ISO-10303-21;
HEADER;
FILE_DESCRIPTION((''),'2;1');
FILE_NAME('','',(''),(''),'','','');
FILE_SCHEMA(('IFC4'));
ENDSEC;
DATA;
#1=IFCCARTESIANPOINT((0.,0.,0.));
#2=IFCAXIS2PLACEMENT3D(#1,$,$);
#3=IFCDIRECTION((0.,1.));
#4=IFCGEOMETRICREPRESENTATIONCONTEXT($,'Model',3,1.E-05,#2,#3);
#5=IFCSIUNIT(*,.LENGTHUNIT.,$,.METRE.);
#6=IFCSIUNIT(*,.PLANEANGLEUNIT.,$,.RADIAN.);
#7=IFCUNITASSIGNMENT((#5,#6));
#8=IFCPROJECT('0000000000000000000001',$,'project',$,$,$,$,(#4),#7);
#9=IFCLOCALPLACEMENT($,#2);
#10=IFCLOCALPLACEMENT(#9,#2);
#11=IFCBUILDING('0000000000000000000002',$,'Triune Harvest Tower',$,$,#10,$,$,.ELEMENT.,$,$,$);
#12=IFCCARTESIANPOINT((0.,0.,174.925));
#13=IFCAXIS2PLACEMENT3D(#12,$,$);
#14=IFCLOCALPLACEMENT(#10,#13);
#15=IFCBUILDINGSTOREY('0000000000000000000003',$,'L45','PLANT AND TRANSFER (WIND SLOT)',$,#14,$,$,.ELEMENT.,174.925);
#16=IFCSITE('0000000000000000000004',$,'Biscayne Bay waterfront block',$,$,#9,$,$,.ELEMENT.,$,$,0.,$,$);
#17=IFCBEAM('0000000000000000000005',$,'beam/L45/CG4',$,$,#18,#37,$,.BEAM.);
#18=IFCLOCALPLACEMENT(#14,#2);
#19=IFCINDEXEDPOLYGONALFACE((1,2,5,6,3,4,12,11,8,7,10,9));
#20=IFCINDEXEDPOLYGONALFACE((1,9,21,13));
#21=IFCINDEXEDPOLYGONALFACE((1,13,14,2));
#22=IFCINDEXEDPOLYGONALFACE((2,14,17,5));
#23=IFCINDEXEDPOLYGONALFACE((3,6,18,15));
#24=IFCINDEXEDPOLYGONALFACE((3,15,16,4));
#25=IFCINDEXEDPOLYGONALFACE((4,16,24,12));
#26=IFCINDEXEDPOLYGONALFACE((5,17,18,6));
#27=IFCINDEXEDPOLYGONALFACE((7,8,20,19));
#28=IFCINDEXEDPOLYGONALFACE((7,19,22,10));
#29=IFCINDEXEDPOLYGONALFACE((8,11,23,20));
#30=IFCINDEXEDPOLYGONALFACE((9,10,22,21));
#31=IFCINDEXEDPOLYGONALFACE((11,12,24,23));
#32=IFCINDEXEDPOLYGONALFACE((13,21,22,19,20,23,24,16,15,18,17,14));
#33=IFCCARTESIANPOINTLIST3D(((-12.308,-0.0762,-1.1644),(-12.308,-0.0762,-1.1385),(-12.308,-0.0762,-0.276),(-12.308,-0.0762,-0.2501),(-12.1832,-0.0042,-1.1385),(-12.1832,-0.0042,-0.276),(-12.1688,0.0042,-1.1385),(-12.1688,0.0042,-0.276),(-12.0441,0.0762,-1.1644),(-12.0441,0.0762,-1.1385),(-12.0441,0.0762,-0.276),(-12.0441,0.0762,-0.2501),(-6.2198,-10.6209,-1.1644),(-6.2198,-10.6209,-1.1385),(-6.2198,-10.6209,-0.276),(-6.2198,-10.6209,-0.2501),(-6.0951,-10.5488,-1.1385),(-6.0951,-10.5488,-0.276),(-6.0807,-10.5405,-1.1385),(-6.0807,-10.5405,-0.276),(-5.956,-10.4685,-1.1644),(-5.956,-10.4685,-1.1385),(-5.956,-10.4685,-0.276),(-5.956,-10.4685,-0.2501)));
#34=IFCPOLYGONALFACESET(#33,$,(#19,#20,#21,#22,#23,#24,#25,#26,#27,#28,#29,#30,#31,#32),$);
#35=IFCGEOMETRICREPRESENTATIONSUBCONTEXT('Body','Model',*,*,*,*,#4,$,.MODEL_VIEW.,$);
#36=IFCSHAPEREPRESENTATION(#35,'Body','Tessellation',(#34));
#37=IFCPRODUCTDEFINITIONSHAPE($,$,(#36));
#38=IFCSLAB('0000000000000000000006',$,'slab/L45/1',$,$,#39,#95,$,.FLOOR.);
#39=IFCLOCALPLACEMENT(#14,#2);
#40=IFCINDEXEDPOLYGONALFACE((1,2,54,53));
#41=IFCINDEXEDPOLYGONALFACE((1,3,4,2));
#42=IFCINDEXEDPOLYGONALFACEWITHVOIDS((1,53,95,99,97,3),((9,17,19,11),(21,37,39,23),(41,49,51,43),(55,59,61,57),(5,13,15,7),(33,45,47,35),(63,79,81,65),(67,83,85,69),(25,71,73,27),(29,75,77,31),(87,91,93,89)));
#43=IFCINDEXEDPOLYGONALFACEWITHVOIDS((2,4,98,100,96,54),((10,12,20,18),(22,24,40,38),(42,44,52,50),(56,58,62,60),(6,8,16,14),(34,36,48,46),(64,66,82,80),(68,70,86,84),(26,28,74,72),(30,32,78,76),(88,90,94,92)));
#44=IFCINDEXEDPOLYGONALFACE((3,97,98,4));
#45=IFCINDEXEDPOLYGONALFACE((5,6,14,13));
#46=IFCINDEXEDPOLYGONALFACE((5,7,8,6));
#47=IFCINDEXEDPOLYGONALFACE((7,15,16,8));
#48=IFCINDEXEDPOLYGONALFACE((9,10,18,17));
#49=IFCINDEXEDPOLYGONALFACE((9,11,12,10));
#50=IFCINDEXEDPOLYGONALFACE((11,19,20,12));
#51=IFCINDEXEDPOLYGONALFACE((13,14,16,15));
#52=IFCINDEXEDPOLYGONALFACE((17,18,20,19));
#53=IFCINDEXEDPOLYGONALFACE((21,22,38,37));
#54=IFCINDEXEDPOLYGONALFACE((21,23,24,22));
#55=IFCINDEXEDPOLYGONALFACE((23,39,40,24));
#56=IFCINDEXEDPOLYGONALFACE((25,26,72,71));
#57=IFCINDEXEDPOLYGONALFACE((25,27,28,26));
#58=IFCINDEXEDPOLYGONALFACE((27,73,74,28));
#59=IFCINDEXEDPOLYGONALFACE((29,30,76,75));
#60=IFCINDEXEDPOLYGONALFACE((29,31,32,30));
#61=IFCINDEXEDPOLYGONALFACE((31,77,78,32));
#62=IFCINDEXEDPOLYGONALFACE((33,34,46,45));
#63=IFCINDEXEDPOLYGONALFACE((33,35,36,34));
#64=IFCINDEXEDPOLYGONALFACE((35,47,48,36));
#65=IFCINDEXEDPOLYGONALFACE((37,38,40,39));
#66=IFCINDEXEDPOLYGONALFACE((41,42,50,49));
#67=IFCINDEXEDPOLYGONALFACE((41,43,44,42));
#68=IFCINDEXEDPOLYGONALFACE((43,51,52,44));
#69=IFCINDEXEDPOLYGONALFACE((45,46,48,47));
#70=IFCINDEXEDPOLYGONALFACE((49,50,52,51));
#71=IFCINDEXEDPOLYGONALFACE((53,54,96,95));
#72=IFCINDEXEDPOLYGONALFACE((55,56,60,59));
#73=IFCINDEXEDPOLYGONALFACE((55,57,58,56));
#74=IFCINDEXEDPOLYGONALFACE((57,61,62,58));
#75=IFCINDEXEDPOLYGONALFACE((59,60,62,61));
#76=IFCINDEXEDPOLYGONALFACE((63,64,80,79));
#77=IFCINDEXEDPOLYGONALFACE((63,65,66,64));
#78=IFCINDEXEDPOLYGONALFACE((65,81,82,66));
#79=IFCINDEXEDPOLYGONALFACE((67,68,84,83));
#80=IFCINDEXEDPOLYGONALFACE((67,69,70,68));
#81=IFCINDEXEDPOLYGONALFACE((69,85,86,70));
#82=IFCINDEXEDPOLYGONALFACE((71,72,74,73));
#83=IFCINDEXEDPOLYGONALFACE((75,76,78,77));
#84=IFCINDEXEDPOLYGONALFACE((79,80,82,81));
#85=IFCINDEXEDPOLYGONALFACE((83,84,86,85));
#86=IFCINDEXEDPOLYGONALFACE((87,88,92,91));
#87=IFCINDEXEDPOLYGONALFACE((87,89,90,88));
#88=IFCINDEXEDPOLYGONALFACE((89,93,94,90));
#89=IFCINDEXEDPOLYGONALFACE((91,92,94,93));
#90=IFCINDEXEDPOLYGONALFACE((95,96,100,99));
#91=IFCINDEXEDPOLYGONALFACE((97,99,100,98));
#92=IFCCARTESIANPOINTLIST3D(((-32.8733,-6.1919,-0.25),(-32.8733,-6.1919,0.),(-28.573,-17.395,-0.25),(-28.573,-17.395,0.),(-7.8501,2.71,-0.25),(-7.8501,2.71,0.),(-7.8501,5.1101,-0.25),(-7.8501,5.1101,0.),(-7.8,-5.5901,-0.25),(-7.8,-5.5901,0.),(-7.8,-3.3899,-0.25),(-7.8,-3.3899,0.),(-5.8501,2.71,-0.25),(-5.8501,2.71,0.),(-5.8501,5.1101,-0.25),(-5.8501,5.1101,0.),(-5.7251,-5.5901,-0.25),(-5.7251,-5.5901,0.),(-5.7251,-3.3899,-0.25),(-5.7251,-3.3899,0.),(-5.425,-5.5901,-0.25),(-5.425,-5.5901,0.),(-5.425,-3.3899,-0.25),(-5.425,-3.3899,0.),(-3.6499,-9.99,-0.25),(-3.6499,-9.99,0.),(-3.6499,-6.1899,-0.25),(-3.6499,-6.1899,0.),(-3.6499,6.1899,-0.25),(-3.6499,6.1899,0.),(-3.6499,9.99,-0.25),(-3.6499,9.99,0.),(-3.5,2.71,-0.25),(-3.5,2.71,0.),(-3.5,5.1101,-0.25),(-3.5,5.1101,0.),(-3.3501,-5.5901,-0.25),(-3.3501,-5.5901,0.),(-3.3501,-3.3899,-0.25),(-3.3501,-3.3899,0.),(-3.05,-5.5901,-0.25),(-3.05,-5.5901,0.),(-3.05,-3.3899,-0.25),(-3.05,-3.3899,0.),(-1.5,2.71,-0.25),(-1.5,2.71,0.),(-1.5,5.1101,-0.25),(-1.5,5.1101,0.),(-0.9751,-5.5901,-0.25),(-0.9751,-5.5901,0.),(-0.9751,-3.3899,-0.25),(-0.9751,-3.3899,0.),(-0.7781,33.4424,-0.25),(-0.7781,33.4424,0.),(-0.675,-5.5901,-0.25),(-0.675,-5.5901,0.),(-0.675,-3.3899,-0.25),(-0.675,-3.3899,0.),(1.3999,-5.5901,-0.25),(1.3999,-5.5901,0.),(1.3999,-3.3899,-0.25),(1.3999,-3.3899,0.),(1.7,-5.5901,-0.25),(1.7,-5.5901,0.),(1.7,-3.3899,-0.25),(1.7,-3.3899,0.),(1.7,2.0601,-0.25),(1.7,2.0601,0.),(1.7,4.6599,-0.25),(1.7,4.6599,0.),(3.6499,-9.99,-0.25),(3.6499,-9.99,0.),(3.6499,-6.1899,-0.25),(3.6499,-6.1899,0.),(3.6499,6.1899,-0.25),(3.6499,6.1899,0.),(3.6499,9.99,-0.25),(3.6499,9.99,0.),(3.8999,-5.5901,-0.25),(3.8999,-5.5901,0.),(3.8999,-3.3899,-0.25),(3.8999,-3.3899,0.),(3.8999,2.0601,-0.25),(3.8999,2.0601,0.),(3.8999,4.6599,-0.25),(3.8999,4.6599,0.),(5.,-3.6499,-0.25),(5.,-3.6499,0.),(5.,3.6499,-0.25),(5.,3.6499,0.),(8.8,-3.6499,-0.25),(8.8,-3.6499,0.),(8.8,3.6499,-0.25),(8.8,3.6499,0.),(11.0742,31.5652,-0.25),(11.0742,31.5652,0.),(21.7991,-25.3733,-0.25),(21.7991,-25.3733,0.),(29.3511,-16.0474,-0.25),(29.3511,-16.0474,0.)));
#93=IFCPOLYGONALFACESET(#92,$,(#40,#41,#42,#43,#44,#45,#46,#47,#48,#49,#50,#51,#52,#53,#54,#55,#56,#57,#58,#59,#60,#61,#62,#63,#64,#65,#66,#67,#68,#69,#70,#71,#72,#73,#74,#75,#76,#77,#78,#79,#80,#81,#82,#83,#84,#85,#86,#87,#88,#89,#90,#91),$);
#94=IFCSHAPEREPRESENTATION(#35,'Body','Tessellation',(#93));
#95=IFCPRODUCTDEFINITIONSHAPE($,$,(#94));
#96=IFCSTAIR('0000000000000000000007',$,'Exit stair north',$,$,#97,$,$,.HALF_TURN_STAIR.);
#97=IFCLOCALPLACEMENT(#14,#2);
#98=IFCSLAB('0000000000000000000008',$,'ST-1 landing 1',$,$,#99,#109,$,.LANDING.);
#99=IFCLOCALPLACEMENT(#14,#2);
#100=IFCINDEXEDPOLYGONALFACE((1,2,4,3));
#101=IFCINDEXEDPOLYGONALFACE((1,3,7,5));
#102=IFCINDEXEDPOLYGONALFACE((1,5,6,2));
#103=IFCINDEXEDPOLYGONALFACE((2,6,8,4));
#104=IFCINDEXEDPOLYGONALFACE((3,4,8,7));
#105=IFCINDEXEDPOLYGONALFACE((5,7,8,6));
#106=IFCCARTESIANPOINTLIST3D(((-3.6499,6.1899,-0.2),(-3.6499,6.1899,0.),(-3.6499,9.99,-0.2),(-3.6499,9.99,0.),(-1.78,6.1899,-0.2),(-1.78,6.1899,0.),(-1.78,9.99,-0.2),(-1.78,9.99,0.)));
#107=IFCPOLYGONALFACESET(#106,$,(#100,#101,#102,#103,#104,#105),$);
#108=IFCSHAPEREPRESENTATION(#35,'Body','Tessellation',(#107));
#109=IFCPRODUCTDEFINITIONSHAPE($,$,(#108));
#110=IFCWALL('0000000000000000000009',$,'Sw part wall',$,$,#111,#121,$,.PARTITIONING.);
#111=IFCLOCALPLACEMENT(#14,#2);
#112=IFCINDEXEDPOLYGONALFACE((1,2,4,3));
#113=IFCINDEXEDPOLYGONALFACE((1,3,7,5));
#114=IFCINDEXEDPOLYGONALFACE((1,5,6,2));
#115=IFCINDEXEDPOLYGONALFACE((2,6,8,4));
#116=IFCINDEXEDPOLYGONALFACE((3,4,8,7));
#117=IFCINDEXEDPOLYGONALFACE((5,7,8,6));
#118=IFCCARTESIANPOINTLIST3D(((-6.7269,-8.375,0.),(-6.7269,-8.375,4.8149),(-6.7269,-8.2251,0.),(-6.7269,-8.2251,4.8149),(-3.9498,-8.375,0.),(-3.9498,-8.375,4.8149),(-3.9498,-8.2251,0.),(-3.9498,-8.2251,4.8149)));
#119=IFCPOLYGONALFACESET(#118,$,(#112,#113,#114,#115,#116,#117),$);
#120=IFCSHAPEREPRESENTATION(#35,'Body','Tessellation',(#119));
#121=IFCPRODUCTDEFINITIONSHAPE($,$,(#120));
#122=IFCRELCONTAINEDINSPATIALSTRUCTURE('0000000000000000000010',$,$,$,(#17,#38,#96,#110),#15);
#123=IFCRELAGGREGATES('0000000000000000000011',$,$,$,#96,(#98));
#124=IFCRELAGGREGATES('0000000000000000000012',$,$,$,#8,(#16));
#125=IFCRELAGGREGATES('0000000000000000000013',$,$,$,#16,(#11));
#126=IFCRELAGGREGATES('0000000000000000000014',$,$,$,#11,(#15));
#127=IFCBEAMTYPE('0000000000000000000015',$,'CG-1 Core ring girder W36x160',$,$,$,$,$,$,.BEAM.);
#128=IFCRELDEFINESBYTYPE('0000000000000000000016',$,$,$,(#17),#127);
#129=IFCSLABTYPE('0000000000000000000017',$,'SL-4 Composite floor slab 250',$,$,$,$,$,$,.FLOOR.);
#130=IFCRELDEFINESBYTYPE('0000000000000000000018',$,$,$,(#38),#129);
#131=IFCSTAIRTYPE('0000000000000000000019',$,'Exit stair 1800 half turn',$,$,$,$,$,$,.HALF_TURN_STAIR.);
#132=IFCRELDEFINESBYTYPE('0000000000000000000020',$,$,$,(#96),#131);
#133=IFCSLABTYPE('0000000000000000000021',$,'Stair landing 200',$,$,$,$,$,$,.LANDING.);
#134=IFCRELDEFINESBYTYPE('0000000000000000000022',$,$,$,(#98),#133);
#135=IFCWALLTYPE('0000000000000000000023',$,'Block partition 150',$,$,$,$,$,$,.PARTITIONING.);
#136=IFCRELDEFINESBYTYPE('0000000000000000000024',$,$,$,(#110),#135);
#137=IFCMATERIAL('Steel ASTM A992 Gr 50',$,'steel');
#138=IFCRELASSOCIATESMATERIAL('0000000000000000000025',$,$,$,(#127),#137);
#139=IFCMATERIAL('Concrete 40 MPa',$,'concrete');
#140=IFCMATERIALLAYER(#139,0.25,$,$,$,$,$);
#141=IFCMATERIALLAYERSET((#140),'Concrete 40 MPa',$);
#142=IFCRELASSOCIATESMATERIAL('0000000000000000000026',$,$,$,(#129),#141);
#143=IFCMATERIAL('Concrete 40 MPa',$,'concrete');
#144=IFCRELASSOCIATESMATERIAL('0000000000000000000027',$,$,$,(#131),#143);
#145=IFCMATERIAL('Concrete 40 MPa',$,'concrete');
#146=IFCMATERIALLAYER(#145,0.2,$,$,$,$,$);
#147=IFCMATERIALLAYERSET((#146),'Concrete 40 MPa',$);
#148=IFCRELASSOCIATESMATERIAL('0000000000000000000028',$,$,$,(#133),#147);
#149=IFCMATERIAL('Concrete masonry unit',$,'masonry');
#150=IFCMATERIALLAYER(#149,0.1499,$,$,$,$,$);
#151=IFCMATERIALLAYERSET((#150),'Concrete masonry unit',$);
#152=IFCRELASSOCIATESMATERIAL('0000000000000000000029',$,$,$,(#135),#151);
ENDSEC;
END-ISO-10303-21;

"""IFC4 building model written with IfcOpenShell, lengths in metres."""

from ifc_helpers import new_model, si_unit, direction, frame, frame_2d, origin, origin_2d, place, context, subcontext, project, spatial, polyline, rectangle, i_section, outline, extrude, source, transform, mapped, material, layer, layer_set, material_profile, profile_set, type_object, element, aggregate, save


model = new_model("IFC4")

# Units and contexts
model_context = context("Model", 3, precision=1e-05, world=origin(), true_north=direction((0.0, 1.0)))
body_context = subcontext(model_context, "Body", "Model", "MODEL_VIEW")
ifc_project = project(units=[si_unit("LENGTHUNIT", "METRE"), si_unit("PLANEANGLEUNIT", "RADIAN")], contexts=[model_context])

# Site, building, storey
site_placement = place(None, origin())
site = spatial("IfcSite", under=ifc_project, at=site_placement, Name="Biscayne Bay waterfront block", CompositionType="ELEMENT", RefElevation=0.0)
building_placement = place(site_placement, origin())
building = spatial("IfcBuilding", under=site, at=building_placement, Name="Triune Harvest Tower", CompositionType="ELEMENT")
storey_placement = place(building_placement, frame((0.0, 0.0, 174.925)))
storey = spatial("IfcBuildingStorey", under=building, at=storey_placement, Name="L45", Description="PLANT AND TRANSFER (WIND SLOT)", CompositionType="ELEMENT", Elevation=174.925)

# Beam
ifc_material_1 = material(Name="Steel ASTM A992 Gr 50", Category="steel")
ifc_material_profile = material_profile(ifc_material_1, i_section(OverallWidth=0.3047, OverallDepth=0.9143, WebThickness=0.0166, FlangeThickness=0.0259, at=origin_2d()), Name="W36x160")
ifc_profile_set = profile_set([ifc_material_profile], Name="Steel ASTM A992 Gr 50")
beam_type = type_object("IfcBeamType", Name="CG-1 Core ring girder W36x160", PredefinedType="BEAM", material=ifc_profile_set)
shared_shape_1 = source(origin(), body_context, "Body", "SweptSolid", [
    extrude(i_section(OverallWidth=0.3047, OverallDepth=0.9143, WebThickness=0.0166, FlangeThickness=0.0259, at=origin_2d()), origin(), (0.0, 0.0, 1.0), 12.176),
])
beam_placement = place(storey_placement, frame((-12.176, 0.0, -0.7073), z_axis=(0.50001, -0.86602, 0.0), x_axis=(0.86602, 0.50001, 0.0)))
element("IfcBeam", 1, at=beam_placement, inside=storey, type_object=beam_type, Name="beam/L45/CG4", PredefinedType="BEAM", context=body_context, shape_type="MappedRepresentation", body=[
    mapped(shared_shape_1, transform((0.0, 0.0, 0.0), scale=1.0)),
])

# Slab
ifc_material_2 = material(Name="Concrete 40 MPa", Category="concrete")
ifc_layer_1 = layer(ifc_material_2, 0.25)
ifc_layer_set_1 = layer_set([ifc_layer_1], Name="Concrete 40 MPa")
slab_type_1 = type_object("IfcSlabType", Name="SL-4 Composite floor slab 250", PredefinedType="FLOOR", material=ifc_layer_set_1)
slab_1_placement = place(storey_placement, frame((0.0, 0.0, -0.25)))
element("IfcSlab", 2, at=slab_1_placement, inside=storey, type_object=slab_type_1, Name="slab/L45/1", PredefinedType="FLOOR", context=body_context, shape_type="SweptSolid", body=[
    extrude(outline(polyline([(29.3511, -16.0474), (11.0742, 31.5652), (-0.7781, 33.4424), (-32.8733, -6.1919), (-28.573, -17.395), (21.7991, -25.3733), (29.3511, -16.0474)]), holes=[polyline([(-5.7251, -5.5901), (-5.7251, -3.3899), (-7.8, -3.3899), (-7.8, -5.5901), (-5.7251, -5.5901)]), polyline([(-3.3501, -5.5901), (-3.3501, -3.3899), (-5.425, -3.3899), (-5.425, -5.5901), (-3.3501, -5.5901)]), polyline([(-0.9751, -5.5901), (-0.9751, -3.3899), (-3.05, -3.3899), (-3.05, -5.5901), (-0.9751, -5.5901)]), polyline([(1.3999, -5.5901), (1.3999, -3.3899), (-0.675, -3.3899), (-0.675, -5.5901), (1.3999, -5.5901)]), polyline([(3.8999, 2.0601), (3.8999, 4.6599), (1.7, 4.6599), (1.7, 2.0601), (3.8999, 2.0601)]), polyline([(3.8999, -5.5901), (3.8999, -3.3899), (1.7, -3.3899), (1.7, -5.5901), (3.8999, -5.5901)]), polyline([(-5.8501, 2.71), (-5.8501, 5.1101), (-7.8501, 5.1101), (-7.8501, 2.71), (-5.8501, 2.71)]), polyline([(-1.5, 2.71), (-1.5, 5.1101), (-3.5, 5.1101), (-3.5, 2.71), (-1.5, 2.71)]), polyline([(3.6499, 6.1899), (3.6499, 9.99), (-3.6499, 9.99), (-3.6499, 6.1899), (3.6499, 6.1899)]), polyline([(3.6499, -9.99), (3.6499, -6.1899), (-3.6499, -6.1899), (-3.6499, -9.99), (3.6499, -9.99)]), polyline([(8.8, -3.6499), (8.8, 3.6499), (5.0, 3.6499), (5.0, -3.6499), (8.8, -3.6499)])]), origin(), (0.0, 0.0, 1.0), 0.25),
])

# Stair, slab
ifc_material_3 = material(Name="Concrete 40 MPa", Category="concrete")
stair_type = type_object("IfcStairType", Name="Exit stair 1800 half turn", PredefinedType="HALF_TURN_STAIR", material=ifc_material_3)
stair_placement = place(storey_placement, origin())
stair = element("IfcStair", 3, at=stair_placement, inside=storey, type_object=stair_type, Name="Exit stair north", PredefinedType="HALF_TURN_STAIR")
ifc_material_4 = material(Name="Concrete 40 MPa", Category="concrete")
ifc_layer_2 = layer(ifc_material_4, 0.2)
ifc_layer_set_2 = layer_set([ifc_layer_2], Name="Concrete 40 MPa")
slab_type_2 = type_object("IfcSlabType", Name="Stair landing 200", PredefinedType="LANDING", material=ifc_layer_set_2)
shared_shape_2 = source(origin(), body_context, "Body", "SweptSolid", [
    extrude(outline(polyline([(-3.6499, 6.1899), (-1.78, 6.1899), (-1.78, 9.99), (-3.6499, 9.99), (-3.6499, 6.1899)])), origin(), (0.0, 0.0, 1.0), 0.2),
])
slab_2_placement = place(storey_placement, frame((0.0, 0.0, -0.2)))
slab_2 = element("IfcSlab", 4, at=slab_2_placement, type_object=slab_type_2, Name="ST-1 landing 1", PredefinedType="LANDING", context=body_context, shape_type="MappedRepresentation", body=[
    mapped(shared_shape_2, transform((0.0, 0.0, 0.0), scale=1.0)),
])
aggregate(stair, [slab_2])

# Wall
ifc_material_5 = material(Name="Concrete masonry unit", Category="masonry")
ifc_layer_3 = layer(ifc_material_5, 0.1499)
ifc_layer_set_3 = layer_set([ifc_layer_3], Name="Concrete masonry unit")
wall_type_1 = type_object("IfcWallType", Name="Block partition 150", PredefinedType="PARTITIONING", material=ifc_layer_set_3)
wall_1_placement = place(storey_placement, frame((-6.7271, -8.3, 0.0), z_axis=(0.0, 0.0, 1.0), x_axis=(1.0, 0.0, 0.0)))
element("IfcWall", 5, at=wall_1_placement, inside=storey, type_object=wall_type_1, Name="Sw part wall", PredefinedType="PARTITIONING", context=body_context, shape_type="SweptSolid", body=[
    extrude(rectangle(XDim=2.7771, YDim=0.1499, at=frame_2d((1.3887, 0.0))), origin(), (0.0, 0.0, 1.0), 4.8149),
])

save(model, "model.ifc")
